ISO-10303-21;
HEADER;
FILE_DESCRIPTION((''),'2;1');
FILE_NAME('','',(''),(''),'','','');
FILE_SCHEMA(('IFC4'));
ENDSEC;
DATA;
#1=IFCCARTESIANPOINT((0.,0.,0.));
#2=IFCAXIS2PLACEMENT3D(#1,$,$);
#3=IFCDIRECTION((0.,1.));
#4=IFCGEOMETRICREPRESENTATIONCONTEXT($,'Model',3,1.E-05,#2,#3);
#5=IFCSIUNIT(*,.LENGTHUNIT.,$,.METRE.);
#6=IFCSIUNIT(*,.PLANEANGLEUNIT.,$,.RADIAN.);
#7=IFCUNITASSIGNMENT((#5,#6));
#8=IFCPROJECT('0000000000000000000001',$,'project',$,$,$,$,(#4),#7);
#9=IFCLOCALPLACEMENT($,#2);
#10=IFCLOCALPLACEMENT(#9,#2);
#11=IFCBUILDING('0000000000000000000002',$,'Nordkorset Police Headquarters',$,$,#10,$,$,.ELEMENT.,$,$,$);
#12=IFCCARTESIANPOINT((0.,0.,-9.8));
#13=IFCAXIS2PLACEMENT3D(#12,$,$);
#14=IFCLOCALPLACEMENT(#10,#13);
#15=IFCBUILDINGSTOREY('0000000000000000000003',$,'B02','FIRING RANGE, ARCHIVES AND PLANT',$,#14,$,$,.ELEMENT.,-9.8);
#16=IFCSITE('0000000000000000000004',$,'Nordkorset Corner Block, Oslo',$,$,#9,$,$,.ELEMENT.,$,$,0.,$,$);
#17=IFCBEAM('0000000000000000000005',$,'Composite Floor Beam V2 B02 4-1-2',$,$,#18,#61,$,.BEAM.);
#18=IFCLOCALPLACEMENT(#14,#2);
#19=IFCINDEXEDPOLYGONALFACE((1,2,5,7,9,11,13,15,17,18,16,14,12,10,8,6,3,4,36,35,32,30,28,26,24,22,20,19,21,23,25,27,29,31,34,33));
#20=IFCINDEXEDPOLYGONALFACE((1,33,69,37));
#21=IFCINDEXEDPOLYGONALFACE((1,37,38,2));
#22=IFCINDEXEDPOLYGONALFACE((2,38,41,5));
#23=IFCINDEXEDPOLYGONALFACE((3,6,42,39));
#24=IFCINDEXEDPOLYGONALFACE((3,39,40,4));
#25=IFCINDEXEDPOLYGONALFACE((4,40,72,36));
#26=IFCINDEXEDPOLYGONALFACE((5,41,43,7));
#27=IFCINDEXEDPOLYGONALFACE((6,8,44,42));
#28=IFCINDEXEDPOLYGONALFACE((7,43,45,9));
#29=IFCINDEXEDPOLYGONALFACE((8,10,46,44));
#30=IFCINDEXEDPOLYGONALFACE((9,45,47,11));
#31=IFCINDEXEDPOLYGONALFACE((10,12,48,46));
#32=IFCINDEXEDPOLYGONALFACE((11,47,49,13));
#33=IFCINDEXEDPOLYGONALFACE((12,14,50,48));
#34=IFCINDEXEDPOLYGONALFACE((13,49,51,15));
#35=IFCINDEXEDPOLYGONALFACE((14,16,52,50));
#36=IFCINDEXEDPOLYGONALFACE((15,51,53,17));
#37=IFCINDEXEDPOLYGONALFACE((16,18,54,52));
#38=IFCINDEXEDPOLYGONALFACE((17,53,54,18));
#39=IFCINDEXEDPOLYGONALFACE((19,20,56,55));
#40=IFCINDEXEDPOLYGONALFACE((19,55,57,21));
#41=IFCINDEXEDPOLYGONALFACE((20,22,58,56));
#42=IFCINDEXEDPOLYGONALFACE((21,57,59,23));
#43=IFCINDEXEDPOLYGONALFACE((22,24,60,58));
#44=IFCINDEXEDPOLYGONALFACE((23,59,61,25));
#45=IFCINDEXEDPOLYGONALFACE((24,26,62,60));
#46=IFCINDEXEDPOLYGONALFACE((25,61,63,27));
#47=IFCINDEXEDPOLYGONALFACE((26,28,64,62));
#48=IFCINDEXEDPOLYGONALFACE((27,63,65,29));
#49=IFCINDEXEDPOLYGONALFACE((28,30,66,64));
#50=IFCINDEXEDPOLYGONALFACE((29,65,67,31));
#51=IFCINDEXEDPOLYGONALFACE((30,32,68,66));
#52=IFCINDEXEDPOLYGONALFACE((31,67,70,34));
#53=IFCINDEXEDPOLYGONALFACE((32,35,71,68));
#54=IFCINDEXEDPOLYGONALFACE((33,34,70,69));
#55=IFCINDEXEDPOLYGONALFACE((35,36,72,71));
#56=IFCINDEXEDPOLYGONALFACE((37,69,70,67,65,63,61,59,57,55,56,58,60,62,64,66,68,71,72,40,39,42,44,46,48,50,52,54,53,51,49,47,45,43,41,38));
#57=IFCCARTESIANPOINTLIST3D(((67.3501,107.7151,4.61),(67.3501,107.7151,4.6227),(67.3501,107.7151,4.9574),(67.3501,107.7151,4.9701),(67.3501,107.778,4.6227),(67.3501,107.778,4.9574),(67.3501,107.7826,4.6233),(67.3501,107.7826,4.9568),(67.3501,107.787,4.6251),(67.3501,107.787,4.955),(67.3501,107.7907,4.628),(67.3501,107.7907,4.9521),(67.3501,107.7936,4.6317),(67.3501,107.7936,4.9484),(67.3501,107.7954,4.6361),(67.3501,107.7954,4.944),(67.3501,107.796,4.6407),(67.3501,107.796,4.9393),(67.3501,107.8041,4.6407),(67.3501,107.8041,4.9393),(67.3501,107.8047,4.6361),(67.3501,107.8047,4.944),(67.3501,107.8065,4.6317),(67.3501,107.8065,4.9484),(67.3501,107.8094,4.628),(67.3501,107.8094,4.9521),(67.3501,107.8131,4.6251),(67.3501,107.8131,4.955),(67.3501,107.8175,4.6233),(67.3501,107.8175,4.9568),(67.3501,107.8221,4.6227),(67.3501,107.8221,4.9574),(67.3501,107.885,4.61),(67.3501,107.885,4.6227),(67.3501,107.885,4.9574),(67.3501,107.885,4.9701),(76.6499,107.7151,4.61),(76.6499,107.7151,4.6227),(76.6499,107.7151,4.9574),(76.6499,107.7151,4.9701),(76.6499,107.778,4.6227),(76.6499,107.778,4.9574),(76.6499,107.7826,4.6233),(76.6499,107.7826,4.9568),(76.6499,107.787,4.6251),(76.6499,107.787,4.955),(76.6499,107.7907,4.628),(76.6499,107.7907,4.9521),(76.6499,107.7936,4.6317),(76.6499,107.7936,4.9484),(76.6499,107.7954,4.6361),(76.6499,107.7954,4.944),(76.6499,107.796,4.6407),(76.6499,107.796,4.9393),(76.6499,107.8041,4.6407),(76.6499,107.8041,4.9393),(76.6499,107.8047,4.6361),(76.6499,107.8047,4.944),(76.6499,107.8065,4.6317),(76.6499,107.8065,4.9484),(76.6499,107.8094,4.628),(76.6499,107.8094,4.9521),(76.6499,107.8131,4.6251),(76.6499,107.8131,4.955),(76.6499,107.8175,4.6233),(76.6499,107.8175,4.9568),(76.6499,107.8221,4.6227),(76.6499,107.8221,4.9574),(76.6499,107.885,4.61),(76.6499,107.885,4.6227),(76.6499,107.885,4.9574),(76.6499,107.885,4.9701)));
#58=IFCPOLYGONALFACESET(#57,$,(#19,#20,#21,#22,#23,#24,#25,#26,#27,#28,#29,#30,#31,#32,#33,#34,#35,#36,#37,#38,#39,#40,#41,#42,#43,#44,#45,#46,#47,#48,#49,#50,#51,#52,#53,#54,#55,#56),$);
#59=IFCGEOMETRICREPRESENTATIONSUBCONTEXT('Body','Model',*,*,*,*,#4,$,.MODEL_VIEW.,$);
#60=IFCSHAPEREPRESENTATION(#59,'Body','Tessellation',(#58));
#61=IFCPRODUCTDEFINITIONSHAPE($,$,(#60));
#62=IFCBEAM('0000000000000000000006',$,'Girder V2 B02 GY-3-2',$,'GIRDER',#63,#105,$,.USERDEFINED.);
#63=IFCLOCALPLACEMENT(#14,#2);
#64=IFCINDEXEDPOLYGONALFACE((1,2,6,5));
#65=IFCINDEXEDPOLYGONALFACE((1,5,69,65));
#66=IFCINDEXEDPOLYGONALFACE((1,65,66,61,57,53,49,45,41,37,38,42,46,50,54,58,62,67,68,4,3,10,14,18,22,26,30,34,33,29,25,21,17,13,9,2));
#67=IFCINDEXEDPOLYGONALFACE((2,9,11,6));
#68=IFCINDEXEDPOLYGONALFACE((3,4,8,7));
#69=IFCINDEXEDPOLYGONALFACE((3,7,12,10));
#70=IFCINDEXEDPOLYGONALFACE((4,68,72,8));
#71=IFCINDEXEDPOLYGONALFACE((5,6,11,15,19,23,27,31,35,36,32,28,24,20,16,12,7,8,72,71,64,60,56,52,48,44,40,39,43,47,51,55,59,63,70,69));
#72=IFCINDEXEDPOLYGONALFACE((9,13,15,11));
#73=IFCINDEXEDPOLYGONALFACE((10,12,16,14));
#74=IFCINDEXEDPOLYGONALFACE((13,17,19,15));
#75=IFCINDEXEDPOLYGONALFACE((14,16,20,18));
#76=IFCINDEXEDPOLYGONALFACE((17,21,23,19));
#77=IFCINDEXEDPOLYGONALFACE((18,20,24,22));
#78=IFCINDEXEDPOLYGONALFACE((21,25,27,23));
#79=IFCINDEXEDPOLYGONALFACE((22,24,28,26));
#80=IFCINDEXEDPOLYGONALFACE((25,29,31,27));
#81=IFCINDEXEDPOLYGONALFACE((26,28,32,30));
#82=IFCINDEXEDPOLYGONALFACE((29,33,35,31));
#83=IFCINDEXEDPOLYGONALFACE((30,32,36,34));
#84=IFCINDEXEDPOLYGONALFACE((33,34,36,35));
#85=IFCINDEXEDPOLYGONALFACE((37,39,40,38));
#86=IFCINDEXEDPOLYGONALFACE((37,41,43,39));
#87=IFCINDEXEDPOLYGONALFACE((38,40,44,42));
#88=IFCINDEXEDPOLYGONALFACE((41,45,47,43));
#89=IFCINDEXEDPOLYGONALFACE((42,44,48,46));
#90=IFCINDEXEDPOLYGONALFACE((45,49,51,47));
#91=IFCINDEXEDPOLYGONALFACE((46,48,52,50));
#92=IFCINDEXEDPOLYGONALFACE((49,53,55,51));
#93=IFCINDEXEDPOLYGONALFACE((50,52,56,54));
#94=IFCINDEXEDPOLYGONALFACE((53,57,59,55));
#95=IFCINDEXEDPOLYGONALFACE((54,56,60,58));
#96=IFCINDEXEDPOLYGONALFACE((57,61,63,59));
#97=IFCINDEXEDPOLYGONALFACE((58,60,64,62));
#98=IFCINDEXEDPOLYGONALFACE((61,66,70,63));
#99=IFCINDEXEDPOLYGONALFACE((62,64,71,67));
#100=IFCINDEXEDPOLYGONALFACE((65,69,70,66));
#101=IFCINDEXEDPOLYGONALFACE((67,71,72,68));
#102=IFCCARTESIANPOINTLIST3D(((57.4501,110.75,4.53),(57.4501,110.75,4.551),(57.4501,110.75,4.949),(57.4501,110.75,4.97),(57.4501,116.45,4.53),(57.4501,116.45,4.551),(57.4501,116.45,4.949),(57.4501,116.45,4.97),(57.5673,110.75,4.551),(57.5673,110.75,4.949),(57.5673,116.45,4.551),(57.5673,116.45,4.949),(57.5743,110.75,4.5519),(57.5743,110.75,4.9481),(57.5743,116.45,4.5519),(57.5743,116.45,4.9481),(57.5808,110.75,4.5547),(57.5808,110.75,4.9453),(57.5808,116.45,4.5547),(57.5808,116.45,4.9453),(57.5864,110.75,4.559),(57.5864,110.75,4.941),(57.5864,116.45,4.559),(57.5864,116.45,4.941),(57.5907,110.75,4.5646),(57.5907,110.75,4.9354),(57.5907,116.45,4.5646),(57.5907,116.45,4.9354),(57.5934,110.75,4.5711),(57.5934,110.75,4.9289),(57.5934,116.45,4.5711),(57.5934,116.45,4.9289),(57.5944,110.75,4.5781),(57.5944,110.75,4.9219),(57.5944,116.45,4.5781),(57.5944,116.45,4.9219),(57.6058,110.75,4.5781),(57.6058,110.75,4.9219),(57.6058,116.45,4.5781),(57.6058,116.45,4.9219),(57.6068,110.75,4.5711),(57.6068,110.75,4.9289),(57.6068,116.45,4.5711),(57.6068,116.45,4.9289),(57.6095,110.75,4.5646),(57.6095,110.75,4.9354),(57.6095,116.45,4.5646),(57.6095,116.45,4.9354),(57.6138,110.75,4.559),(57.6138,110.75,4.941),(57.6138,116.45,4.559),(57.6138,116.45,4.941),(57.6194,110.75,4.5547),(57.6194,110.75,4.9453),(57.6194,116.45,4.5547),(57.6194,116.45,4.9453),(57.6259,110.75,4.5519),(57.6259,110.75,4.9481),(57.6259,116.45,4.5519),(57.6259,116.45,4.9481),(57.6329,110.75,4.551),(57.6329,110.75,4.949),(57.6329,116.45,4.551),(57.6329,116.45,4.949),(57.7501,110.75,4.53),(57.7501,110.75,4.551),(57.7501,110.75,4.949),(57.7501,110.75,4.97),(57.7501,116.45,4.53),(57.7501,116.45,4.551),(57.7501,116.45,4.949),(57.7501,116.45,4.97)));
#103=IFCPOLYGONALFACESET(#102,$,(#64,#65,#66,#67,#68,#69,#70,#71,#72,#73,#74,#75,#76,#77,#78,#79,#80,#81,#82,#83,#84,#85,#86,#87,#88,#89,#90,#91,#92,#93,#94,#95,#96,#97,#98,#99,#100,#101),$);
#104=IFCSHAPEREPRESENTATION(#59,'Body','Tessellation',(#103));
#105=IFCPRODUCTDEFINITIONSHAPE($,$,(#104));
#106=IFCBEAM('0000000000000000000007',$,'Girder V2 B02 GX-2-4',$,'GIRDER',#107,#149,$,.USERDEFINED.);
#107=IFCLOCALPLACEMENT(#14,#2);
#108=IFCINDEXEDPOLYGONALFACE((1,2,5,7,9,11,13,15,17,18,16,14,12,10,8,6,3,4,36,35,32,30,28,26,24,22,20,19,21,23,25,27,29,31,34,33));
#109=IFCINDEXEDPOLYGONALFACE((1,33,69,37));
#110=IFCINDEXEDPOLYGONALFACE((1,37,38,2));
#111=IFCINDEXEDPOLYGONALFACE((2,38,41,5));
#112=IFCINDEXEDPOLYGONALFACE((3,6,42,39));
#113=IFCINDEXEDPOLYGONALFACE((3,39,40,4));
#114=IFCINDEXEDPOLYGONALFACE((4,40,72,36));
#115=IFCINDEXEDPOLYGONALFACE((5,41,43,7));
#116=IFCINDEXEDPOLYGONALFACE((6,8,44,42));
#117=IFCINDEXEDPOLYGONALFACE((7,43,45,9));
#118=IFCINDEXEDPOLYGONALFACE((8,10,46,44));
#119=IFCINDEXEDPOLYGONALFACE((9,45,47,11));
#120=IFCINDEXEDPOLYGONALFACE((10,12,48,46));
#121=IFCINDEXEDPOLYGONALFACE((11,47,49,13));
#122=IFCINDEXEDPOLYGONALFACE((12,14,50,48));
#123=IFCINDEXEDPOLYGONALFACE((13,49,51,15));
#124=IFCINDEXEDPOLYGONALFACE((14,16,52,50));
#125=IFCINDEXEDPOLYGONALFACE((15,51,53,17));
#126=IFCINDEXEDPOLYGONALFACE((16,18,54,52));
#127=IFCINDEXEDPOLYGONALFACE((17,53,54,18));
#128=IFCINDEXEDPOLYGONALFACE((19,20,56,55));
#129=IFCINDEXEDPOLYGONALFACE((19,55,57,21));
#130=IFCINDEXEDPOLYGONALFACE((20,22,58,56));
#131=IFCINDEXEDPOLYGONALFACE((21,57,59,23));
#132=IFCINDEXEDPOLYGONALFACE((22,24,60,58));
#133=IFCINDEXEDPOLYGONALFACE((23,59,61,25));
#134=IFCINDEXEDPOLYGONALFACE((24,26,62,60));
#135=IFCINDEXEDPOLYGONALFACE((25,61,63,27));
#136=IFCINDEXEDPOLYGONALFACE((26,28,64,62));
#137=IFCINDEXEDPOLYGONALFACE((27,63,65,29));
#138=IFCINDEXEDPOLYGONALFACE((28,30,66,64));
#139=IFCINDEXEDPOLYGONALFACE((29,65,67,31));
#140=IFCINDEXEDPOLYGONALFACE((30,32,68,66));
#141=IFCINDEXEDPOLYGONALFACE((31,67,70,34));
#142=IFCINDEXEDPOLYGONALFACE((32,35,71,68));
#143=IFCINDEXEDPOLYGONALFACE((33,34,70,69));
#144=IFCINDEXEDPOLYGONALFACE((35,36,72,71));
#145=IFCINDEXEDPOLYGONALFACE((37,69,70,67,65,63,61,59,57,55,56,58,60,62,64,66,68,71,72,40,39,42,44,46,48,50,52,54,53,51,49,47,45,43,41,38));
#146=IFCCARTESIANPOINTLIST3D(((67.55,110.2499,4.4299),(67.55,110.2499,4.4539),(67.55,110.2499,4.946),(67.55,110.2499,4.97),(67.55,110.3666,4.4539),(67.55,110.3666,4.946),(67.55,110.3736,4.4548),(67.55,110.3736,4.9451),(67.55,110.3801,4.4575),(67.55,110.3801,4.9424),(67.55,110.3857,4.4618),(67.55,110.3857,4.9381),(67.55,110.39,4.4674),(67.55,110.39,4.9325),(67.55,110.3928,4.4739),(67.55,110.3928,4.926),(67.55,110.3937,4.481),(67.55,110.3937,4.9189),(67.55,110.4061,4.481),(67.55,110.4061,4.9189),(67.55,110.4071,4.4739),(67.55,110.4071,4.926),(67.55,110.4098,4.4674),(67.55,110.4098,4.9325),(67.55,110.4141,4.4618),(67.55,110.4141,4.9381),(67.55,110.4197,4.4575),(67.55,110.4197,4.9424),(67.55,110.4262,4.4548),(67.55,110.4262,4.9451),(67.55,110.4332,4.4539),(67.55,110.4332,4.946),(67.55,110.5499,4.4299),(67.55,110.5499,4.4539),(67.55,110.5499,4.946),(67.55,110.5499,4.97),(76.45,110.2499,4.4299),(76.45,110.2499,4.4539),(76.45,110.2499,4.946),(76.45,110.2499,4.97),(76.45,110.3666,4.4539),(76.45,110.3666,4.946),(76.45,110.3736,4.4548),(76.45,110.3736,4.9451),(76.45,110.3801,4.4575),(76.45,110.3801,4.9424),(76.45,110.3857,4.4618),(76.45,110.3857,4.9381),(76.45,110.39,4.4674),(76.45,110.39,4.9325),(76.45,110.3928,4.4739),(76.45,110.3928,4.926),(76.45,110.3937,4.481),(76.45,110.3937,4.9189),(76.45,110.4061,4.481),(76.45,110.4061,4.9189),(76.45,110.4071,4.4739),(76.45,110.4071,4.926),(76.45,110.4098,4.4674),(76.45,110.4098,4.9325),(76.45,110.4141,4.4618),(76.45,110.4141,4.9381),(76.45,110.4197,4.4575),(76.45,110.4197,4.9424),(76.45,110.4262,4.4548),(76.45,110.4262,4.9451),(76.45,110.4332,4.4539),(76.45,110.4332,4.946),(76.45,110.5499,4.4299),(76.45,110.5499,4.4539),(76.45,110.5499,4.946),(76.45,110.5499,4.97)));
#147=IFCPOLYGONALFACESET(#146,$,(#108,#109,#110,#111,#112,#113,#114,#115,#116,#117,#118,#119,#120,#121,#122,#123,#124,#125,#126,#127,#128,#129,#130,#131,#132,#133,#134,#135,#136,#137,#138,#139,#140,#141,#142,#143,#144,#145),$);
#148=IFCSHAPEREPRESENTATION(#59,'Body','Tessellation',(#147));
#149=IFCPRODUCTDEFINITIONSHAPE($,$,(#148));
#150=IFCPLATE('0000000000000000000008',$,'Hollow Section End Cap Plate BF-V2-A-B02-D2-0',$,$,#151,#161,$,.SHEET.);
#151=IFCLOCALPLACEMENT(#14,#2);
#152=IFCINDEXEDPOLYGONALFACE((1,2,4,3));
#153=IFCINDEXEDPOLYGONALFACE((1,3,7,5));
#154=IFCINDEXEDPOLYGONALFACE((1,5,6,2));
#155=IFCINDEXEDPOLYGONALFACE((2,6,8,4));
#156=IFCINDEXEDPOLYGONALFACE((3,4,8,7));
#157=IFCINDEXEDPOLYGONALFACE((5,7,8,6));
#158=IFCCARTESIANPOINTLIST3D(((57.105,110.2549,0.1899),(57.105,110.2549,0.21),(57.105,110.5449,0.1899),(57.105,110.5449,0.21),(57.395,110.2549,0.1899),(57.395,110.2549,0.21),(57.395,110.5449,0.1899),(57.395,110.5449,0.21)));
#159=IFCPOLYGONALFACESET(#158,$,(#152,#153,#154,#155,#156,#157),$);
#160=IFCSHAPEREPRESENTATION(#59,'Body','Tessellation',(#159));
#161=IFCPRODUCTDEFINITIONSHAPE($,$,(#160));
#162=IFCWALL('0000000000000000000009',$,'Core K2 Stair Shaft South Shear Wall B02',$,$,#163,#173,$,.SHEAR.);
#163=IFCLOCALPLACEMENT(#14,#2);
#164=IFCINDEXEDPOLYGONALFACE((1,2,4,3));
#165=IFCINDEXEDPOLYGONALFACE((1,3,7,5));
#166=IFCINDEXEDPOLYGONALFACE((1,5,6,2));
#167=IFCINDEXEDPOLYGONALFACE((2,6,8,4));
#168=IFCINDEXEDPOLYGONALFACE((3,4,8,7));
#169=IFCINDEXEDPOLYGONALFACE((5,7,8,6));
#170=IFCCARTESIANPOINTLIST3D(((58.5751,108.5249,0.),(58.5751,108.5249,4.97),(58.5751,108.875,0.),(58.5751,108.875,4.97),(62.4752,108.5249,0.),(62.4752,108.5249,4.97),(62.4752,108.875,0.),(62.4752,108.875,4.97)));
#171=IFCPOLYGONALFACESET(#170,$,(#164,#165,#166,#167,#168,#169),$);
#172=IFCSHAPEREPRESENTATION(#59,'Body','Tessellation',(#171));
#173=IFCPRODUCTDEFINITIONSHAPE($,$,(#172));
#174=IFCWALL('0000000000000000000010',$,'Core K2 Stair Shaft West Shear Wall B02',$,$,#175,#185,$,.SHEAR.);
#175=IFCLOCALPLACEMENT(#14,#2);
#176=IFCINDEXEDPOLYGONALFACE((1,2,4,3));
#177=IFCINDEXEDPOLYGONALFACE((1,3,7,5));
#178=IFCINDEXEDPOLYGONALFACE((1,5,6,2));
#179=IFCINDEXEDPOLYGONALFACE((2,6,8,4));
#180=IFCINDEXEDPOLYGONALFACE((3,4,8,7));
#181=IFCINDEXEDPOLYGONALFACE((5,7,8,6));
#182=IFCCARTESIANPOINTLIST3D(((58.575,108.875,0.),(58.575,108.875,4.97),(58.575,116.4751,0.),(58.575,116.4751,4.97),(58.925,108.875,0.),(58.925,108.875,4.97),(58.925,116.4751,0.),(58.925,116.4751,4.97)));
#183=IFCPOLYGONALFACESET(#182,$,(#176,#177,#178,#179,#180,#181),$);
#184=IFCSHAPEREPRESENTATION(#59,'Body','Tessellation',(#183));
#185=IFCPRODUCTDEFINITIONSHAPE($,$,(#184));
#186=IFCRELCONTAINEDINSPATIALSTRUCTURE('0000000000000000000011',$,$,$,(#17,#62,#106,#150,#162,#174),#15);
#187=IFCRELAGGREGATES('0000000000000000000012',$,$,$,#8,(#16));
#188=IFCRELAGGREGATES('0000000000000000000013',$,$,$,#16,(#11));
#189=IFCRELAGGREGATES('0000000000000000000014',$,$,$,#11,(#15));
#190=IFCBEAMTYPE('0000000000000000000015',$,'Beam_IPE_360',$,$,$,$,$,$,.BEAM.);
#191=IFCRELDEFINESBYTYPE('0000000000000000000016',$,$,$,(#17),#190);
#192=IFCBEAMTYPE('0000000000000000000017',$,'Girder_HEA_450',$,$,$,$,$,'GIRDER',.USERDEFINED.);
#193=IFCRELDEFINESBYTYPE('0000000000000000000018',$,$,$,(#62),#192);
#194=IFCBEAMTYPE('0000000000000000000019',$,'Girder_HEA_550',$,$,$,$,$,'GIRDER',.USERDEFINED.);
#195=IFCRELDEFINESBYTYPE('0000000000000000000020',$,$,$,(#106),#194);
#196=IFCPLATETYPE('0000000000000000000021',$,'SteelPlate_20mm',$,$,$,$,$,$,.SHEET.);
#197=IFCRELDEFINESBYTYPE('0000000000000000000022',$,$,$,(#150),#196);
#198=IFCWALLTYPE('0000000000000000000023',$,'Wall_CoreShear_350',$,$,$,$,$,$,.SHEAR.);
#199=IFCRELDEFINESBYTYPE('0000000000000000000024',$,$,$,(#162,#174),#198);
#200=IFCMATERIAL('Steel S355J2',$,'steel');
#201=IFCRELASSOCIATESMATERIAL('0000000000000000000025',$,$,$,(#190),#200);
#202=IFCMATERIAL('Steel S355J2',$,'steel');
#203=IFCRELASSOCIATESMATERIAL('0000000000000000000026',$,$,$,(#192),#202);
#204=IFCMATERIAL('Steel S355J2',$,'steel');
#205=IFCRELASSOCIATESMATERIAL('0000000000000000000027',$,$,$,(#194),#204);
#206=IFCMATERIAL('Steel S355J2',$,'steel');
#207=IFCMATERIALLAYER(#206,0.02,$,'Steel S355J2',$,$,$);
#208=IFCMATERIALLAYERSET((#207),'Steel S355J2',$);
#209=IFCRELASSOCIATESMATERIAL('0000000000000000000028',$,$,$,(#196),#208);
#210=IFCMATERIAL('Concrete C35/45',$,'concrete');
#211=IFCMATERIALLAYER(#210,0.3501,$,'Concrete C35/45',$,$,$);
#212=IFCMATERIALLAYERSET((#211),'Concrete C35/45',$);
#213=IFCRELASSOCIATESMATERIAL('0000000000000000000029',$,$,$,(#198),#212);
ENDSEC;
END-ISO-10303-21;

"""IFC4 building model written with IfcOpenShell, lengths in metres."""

from ifc_helpers import new_model, si_unit, direction, frame, frame_2d, origin, origin_2d, place, context, subcontext, project, spatial, rectangle, i_section, extrude, material, layer, layer_set, material_profile, profile_set, type_object, element, save


model = new_model("IFC4")

# Units and contexts
model_context = context("Model", 3, precision=1e-05, world=origin(), true_north=direction((0.0, 1.0)))
body_context = subcontext(model_context, "Body", "Model", "MODEL_VIEW")
ifc_project = project(units=[si_unit("LENGTHUNIT", "METRE"), si_unit("PLANEANGLEUNIT", "RADIAN")], contexts=[model_context])

# Site, building, storey
site_placement = place(None, origin())
site = spatial("IfcSite", under=ifc_project, at=site_placement, Name="Nordkorset Corner Block, Oslo", CompositionType="ELEMENT", RefElevation=0.0)
building_placement = place(site_placement, origin())
building = spatial("IfcBuilding", under=site, at=building_placement, Name="Nordkorset Police Headquarters", CompositionType="ELEMENT")
storey_placement = place(building_placement, frame((0.0, 0.0, -9.8)))
storey = spatial("IfcBuildingStorey", under=building, at=storey_placement, Name="B02", Description="FIRING RANGE, ARCHIVES AND PLANT", CompositionType="ELEMENT", Elevation=-9.8)

# Beams
ifc_material_1 = material(Name="Steel S355J2", Category="steel")
ifc_material_profile_1 = material_profile(ifc_material_1, i_section(OverallWidth=0.1699, OverallDepth=0.3601, WebThickness=0.0081, FlangeThickness=0.0127, FilletRadius=0.0181, at=origin_2d()), Name="IPE 360")
ifc_profile_set_1 = profile_set([ifc_material_profile_1], Name="Steel S355J2")
beam_type_1 = type_object("IfcBeamType", Name="Beam_IPE_360", PredefinedType="BEAM", material=ifc_profile_set_1)
for number, where, z_axis, x_axis, name in (
    (1, (67.3501, 107.8, 4.79), (1.0, 0.0, 0.0), (0.0, 1.0, 0.0), "Composite Floor Beam V2 B02 4-1-2"),
):
    element("IfcBeam", number, at=place(storey_placement, frame(where, z_axis=z_axis, x_axis=x_axis)), inside=storey, type_object=beam_type_1, Name=name, PredefinedType="BEAM", context=body_context, shape_type="SweptSolid", body=[
        extrude(i_section(OverallWidth=0.1699, OverallDepth=0.3601, WebThickness=0.0081, FlangeThickness=0.0127, FilletRadius=0.0181, at=origin_2d()), origin(), (0.0, 0.0, 1.0), 9.2998),
    ])
ifc_material_2 = material(Name="Steel S355J2", Category="steel")
ifc_material_profile_2 = material_profile(ifc_material_2, i_section(OverallWidth=0.3, OverallDepth=0.4399, WebThickness=0.0115, FlangeThickness=0.021, FilletRadius=0.0271, at=origin_2d()), Name="HEA 450")
ifc_profile_set_2 = profile_set([ifc_material_profile_2], Name="Steel S355J2")
beam_type_2 = type_object("IfcBeamType", Name="Girder_HEA_450", ElementType="GIRDER", PredefinedType="USERDEFINED", material=ifc_profile_set_2)
beam_1_placement = place(storey_placement, frame((57.6001, 110.75, 4.75), z_axis=(0.0, 1.0, 0.0), x_axis=(-1.0, 0.0, 0.0)))
element("IfcBeam", 2, at=beam_1_placement, inside=storey, type_object=beam_type_2, Name="Girder V2 B02 GY-3-2", ObjectType="GIRDER", PredefinedType="USERDEFINED", context=body_context, shape_type="SweptSolid", body=[
    extrude(i_section(OverallWidth=0.3, OverallDepth=0.4399, WebThickness=0.0115, FlangeThickness=0.021, FilletRadius=0.0271, at=origin_2d()), origin(), (0.0, 0.0, 1.0), 5.7),
])
ifc_material_3 = material(Name="Steel S355J2", Category="steel")
ifc_material_profile_3 = material_profile(ifc_material_3, i_section(OverallWidth=0.3, OverallDepth=0.54, WebThickness=0.0125, FlangeThickness=0.0239, FilletRadius=0.0271, at=origin_2d()), Name="HEA 550")
ifc_profile_set_3 = profile_set([ifc_material_profile_3], Name="Steel S355J2")
beam_type_3 = type_object("IfcBeamType", Name="Girder_HEA_550", ElementType="GIRDER", PredefinedType="USERDEFINED", material=ifc_profile_set_3)
beam_2_placement = place(storey_placement, frame((67.55, 110.3999, 4.7), z_axis=(1.0, 0.0, 0.0), x_axis=(0.0, 1.0, 0.0)))
element("IfcBeam", 3, at=beam_2_placement, inside=storey, type_object=beam_type_3, Name="Girder V2 B02 GX-2-4", ObjectType="GIRDER", PredefinedType="USERDEFINED", context=body_context, shape_type="SweptSolid", body=[
    extrude(i_section(OverallWidth=0.3, OverallDepth=0.54, WebThickness=0.0125, FlangeThickness=0.0239, FilletRadius=0.0271, at=origin_2d()), origin(), (0.0, 0.0, 1.0), 8.8999),
])

# Plate
ifc_material_4 = material(Name="Steel S355J2", Category="steel")
ifc_layer_1 = layer(ifc_material_4, 0.02, Name="Steel S355J2")
ifc_layer_set_1 = layer_set([ifc_layer_1], Name="Steel S355J2")
plate_type = type_object("IfcPlateType", Name="SteelPlate_20mm", PredefinedType="SHEET", material=ifc_layer_set_1)
plate_placement = place(storey_placement, frame((57.25, 110.3999, 0.1899), z_axis=(0.0, 0.0, 1.0), x_axis=(1.0, 0.0, 0.0)))
element("IfcPlate", 4, at=plate_placement, inside=storey, type_object=plate_type, Name="Hollow Section End Cap Plate BF-V2-A-B02-D2-0", PredefinedType="SHEET", context=body_context, shape_type="SweptSolid", body=[
    extrude(rectangle(XDim=0.29, YDim=0.29, at=origin_2d()), origin(), (0.0, 0.0, 1.0), 0.02),
])

# Walls
ifc_material_5 = material(Name="Concrete C35/45", Category="concrete")
ifc_layer_2 = layer(ifc_material_5, 0.3501, Name="Concrete C35/45")
ifc_layer_set_2 = layer_set([ifc_layer_2], Name="Concrete C35/45")
wall_type_1 = type_object("IfcWallType", Name="Wall_CoreShear_350", PredefinedType="SHEAR", material=ifc_layer_set_2)
wall_1_placement = place(storey_placement, frame((58.575, 108.7, 0.0), z_axis=(0.0, 0.0, 1.0), x_axis=(1.0, 0.0, 0.0)))
element("IfcWall", 5, at=wall_1_placement, inside=storey, type_object=wall_type_1, Name="Core K2 Stair Shaft South Shear Wall B02", PredefinedType="SHEAR", context=body_context, shape_type="SweptSolid", body=[
    extrude(rectangle(XDim=3.9001, YDim=0.3501, at=frame_2d((1.9502, 0.0))), origin(), (0.0, 0.0, 1.0), 4.97),
])
for number, where, z_axis, x_axis, name in (
    (6, (58.75, 108.875, 0.0), (0.0, 0.0, 1.0), (0.0, 1.0, 0.0), "Core K2 Stair Shaft West Shear Wall B02"),
):
    element("IfcWall", number, at=place(storey_placement, frame(where, z_axis=z_axis, x_axis=x_axis)), inside=storey, type_object=wall_type_1, Name=name, PredefinedType="SHEAR", context=body_context, shape_type="SweptSolid", body=[
        extrude(rectangle(XDim=7.6001, YDim=0.3501, at=frame_2d((3.8, 0.0))), origin(), (0.0, 0.0, 1.0), 4.97),
    ])

save(model, "model.ifc")
